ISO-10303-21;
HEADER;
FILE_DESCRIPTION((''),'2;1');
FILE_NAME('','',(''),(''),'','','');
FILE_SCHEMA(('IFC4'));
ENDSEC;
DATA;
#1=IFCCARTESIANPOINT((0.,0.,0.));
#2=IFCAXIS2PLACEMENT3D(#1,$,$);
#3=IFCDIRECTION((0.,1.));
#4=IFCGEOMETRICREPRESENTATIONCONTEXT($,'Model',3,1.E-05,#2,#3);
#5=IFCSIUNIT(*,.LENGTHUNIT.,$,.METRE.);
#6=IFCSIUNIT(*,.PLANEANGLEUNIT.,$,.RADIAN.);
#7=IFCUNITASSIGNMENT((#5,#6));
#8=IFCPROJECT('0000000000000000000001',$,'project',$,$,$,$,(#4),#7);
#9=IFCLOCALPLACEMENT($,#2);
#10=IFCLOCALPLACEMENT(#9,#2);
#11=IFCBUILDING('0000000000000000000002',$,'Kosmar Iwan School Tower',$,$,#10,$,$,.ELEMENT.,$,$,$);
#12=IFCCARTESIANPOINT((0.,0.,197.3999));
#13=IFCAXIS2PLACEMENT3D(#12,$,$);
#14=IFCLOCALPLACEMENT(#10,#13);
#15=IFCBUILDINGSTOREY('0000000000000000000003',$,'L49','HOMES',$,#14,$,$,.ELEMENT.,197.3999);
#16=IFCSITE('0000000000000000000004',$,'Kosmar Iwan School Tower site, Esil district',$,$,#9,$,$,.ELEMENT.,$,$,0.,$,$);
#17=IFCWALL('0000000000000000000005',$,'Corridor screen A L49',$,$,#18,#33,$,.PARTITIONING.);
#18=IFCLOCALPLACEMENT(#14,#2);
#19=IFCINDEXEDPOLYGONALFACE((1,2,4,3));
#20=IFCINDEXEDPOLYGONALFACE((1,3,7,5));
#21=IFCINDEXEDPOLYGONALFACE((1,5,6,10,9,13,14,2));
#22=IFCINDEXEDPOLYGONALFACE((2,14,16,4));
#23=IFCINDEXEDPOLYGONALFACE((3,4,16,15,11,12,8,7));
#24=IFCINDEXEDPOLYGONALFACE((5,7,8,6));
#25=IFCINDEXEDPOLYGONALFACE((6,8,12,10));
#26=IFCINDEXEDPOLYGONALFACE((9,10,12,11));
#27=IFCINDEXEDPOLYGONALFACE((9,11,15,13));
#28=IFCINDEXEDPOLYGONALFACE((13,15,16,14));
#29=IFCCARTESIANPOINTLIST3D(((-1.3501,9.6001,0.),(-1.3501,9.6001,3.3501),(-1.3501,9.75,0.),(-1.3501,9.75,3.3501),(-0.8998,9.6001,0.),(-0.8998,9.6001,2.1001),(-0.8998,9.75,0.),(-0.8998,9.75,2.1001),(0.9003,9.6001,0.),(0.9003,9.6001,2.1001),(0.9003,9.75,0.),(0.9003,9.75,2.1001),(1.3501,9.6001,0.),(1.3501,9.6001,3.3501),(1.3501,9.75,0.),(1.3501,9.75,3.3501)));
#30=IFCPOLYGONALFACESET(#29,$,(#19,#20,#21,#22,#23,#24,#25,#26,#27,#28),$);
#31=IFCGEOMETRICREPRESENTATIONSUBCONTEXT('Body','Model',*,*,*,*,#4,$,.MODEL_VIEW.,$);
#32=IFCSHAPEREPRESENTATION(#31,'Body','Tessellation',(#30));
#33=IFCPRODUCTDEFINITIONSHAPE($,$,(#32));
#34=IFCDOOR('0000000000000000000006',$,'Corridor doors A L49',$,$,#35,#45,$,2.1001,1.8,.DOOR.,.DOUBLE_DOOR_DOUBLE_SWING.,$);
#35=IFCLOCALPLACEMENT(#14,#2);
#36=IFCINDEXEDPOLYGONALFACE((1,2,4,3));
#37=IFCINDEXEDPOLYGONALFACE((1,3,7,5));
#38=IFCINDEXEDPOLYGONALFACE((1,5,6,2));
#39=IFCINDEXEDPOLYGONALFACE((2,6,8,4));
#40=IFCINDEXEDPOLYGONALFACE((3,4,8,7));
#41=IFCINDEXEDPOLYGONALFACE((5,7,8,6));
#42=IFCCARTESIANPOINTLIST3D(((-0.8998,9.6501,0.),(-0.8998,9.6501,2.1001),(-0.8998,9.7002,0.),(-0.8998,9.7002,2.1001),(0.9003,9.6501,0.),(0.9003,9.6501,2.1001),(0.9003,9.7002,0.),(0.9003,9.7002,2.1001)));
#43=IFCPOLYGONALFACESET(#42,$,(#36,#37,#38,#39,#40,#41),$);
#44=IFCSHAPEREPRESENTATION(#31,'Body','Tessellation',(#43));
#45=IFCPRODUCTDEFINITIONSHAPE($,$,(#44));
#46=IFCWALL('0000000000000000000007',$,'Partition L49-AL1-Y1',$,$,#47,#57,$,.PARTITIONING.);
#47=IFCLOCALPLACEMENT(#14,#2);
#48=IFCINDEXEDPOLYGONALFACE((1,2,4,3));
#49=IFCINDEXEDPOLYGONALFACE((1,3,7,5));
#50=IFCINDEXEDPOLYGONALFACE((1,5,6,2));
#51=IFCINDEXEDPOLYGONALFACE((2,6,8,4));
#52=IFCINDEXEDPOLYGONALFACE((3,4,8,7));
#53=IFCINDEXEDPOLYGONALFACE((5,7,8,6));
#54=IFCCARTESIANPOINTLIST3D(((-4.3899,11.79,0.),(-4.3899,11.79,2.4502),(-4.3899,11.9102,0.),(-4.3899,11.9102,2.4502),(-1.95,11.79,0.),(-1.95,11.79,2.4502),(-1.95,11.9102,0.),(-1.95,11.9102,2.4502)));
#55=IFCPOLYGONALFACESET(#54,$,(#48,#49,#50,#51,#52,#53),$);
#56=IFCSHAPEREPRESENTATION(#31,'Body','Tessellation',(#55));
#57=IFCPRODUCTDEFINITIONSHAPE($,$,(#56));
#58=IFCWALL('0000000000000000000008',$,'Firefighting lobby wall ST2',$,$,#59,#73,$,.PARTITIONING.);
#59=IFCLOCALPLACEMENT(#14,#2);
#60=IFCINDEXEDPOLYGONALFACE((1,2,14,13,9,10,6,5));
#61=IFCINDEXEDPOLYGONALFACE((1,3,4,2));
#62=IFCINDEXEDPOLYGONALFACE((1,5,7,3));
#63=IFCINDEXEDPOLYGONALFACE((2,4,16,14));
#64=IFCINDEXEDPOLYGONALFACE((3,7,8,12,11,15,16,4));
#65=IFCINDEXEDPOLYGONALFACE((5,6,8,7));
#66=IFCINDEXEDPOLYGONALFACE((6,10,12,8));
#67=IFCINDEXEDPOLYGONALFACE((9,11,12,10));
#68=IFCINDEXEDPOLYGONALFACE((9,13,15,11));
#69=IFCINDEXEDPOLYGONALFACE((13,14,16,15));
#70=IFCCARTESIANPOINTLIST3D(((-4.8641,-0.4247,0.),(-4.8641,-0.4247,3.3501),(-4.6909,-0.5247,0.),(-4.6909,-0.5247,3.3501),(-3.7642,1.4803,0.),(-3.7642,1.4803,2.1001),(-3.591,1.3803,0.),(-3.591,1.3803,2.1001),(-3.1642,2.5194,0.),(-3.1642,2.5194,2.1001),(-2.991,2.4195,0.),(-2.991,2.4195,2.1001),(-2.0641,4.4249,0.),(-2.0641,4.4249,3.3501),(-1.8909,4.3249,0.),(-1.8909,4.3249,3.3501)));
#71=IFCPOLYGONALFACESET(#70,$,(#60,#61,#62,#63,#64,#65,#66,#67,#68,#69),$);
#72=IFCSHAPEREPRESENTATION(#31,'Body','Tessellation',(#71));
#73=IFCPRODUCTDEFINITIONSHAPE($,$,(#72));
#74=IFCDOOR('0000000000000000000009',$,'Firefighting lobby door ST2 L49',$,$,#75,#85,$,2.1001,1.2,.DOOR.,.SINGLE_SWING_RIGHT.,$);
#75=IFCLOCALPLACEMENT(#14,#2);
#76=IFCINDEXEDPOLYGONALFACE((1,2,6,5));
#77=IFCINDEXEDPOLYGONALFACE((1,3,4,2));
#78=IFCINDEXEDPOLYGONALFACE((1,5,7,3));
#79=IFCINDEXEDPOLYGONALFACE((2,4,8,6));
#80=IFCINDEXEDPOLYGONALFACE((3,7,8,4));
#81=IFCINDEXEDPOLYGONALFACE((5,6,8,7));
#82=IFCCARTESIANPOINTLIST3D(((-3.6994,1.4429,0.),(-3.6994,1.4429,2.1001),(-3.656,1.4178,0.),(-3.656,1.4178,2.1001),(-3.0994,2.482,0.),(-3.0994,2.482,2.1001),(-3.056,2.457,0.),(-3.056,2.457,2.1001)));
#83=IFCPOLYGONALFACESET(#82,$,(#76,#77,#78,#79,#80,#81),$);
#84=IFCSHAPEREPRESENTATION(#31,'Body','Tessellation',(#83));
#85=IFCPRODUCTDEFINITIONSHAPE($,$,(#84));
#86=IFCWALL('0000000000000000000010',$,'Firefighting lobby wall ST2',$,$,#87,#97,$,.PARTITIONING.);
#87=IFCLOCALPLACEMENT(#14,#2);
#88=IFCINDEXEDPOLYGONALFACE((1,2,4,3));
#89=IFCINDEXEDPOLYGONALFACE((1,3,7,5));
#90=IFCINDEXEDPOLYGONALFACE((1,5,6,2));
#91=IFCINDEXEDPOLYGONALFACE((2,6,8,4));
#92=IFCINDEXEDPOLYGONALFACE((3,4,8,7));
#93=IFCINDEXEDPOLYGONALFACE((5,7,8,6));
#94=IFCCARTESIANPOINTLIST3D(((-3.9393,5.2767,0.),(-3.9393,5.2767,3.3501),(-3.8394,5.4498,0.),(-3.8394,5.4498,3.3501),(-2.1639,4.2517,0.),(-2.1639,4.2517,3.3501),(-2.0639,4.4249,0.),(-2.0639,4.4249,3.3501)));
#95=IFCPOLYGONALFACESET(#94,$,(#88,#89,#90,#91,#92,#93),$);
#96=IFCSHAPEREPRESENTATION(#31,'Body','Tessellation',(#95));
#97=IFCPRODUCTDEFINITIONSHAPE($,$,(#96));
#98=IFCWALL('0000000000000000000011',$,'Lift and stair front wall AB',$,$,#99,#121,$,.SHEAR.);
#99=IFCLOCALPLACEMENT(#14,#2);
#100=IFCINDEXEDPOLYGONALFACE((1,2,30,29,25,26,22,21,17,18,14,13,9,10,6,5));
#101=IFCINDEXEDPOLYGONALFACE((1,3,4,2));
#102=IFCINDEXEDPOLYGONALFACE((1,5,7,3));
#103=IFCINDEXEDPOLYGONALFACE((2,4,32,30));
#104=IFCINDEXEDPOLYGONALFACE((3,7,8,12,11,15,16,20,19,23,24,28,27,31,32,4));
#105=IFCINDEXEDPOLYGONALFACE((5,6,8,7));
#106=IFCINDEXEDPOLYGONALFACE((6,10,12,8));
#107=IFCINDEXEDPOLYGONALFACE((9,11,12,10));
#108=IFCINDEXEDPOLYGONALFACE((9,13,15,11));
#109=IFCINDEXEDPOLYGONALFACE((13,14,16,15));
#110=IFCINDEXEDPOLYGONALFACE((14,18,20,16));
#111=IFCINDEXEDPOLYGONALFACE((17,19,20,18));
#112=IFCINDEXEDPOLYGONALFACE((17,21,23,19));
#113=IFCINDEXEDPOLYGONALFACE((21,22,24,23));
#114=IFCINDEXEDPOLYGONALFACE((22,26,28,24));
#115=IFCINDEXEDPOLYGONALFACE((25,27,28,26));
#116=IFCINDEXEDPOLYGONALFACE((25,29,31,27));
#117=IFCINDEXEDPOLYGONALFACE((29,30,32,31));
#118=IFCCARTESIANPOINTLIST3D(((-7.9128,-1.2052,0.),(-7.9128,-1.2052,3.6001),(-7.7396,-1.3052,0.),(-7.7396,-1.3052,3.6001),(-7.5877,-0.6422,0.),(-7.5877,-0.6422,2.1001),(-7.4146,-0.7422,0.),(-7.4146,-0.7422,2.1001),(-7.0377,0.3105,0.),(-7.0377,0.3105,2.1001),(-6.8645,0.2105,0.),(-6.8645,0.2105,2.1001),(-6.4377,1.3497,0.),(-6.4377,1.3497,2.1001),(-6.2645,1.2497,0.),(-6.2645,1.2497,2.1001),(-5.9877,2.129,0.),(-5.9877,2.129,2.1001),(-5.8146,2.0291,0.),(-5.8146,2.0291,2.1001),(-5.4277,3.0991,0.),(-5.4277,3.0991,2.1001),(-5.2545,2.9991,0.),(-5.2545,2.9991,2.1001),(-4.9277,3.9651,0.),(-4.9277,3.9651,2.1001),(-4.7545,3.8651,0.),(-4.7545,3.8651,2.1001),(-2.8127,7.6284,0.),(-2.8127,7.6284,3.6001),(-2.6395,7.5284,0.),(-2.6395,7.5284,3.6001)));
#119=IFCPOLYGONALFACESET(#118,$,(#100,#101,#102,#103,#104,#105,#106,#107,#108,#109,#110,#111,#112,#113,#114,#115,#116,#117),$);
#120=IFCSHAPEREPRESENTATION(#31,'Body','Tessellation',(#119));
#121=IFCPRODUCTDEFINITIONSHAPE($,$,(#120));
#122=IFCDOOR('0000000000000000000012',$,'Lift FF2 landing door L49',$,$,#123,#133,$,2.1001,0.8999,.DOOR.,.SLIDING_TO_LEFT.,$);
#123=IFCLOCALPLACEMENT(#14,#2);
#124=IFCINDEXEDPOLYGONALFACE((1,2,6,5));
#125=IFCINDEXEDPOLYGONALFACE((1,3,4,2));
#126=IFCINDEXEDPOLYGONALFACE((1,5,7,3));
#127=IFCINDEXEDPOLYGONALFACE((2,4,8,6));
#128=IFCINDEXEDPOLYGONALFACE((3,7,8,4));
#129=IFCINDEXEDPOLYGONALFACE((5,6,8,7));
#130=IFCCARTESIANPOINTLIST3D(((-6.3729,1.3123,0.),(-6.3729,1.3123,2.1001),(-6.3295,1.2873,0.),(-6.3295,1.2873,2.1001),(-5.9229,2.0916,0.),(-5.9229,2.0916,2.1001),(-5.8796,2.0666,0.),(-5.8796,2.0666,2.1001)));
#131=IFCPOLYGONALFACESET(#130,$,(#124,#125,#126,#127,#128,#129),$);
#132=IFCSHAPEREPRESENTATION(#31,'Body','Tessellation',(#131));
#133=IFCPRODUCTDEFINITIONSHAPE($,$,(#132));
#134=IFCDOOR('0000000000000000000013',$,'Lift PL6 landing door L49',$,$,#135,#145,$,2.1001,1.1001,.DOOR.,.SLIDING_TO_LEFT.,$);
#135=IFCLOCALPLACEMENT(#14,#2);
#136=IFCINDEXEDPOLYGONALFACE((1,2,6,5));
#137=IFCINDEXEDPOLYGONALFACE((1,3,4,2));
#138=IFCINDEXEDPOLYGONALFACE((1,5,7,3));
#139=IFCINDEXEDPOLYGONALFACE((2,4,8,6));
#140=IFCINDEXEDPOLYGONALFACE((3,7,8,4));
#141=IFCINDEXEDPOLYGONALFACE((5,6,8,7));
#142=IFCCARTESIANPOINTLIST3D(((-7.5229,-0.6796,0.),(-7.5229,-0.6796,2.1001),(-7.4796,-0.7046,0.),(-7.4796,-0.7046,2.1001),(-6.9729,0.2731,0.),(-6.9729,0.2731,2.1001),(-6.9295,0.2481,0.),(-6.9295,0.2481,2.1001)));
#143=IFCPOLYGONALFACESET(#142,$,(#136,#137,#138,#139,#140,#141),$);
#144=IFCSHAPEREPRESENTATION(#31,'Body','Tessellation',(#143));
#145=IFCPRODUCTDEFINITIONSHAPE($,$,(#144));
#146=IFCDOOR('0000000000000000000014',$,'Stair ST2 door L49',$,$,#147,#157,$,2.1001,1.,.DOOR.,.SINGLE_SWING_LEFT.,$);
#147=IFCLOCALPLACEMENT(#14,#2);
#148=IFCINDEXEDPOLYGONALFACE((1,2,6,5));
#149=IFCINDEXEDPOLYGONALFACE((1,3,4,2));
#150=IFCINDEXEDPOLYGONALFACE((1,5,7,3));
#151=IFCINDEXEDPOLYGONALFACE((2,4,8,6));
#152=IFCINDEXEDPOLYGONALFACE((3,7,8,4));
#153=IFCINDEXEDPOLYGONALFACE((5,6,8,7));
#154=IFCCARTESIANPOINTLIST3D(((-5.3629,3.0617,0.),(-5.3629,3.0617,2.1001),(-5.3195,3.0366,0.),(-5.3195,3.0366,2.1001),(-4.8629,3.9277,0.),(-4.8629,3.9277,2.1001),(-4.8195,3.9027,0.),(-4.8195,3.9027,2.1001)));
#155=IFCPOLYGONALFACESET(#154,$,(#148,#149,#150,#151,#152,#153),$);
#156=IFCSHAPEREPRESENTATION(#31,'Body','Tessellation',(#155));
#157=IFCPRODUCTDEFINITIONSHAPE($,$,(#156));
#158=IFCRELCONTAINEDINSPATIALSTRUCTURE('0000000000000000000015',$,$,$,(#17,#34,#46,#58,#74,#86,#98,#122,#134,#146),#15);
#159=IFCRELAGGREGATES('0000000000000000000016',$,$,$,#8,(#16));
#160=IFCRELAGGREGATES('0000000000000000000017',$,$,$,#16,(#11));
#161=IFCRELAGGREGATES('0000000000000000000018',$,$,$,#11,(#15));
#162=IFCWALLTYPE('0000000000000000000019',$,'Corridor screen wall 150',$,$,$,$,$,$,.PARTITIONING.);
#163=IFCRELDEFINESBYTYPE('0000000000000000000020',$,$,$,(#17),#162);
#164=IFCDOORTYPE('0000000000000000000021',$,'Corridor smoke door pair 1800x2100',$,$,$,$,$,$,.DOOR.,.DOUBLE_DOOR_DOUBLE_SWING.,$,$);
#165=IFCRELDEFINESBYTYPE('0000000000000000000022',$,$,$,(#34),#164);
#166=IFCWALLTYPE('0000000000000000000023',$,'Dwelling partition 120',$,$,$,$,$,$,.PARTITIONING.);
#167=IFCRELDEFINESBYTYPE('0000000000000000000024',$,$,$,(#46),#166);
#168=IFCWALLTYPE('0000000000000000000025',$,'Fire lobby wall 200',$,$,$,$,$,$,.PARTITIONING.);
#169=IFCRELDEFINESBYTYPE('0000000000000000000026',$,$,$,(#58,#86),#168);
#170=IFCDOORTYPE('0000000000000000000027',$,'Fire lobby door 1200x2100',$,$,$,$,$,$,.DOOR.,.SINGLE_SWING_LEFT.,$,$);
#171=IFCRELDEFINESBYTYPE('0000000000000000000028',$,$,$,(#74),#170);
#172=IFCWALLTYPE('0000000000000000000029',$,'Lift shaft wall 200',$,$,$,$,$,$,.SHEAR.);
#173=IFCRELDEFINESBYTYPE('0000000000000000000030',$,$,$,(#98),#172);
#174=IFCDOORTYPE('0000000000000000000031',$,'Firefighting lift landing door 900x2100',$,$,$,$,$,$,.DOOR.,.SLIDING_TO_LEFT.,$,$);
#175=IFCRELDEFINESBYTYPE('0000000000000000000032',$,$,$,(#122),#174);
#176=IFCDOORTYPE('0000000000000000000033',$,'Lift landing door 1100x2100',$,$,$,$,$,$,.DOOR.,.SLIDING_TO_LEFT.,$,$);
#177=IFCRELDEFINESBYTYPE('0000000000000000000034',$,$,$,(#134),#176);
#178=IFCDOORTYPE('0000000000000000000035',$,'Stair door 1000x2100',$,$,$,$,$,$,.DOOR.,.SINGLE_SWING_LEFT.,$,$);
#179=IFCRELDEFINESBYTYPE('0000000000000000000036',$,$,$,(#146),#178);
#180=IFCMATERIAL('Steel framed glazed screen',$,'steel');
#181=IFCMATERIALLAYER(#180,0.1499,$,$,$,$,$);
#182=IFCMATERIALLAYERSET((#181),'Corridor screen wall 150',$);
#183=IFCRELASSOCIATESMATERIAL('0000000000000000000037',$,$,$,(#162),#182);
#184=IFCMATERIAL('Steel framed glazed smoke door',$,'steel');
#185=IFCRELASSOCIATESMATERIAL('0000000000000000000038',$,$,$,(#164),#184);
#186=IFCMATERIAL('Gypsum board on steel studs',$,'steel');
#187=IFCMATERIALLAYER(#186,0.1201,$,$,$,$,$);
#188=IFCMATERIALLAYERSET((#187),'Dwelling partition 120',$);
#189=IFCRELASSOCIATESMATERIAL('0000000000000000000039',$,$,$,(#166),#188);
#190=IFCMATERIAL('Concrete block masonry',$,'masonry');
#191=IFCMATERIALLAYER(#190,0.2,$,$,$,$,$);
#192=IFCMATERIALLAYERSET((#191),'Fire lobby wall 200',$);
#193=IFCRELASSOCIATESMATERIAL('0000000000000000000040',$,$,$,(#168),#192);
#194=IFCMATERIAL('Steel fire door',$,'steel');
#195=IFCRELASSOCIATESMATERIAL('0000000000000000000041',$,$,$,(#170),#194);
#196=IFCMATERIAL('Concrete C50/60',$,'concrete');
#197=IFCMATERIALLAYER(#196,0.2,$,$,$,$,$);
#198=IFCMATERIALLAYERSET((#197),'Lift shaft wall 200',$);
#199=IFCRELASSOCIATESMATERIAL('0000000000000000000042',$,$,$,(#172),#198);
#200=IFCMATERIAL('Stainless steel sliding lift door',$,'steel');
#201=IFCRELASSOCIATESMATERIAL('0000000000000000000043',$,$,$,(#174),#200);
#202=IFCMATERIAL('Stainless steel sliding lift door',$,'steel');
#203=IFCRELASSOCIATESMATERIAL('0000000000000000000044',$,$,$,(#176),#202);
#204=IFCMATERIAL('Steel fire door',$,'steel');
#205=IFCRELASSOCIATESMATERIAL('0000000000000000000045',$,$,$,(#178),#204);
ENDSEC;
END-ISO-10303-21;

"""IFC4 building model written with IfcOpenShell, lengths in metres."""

from ifc_helpers import new_model, si_unit, direction, frame, frame_2d, origin, place, context, subcontext, project, spatial, rectangle, extrude, material, layer, layer_set, type_object, element, fill, save


model = new_model("IFC4")

# Units and contexts
model_context = context("Model", 3, precision=1e-05, world=origin(), true_north=direction((0.0, 1.0)))
body_context = subcontext(model_context, "Body", "Model", "MODEL_VIEW")
ifc_project = project(units=[si_unit("LENGTHUNIT", "METRE"), si_unit("PLANEANGLEUNIT", "RADIAN")], contexts=[model_context])

# Site, building, storey
site_placement = place(None, origin())
site = spatial("IfcSite", under=ifc_project, at=site_placement, Name="Kosmar Iwan School Tower site, Esil district", CompositionType="ELEMENT", RefElevation=0.0)
building_placement = place(site_placement, origin())
building = spatial("IfcBuilding", under=site, at=building_placement, Name="Kosmar Iwan School Tower", CompositionType="ELEMENT")
storey_placement = place(building_placement, frame((0.0, 0.0, 197.3999)))
storey = spatial("IfcBuildingStorey", under=building, at=storey_placement, Name="L49", Description="HOMES", CompositionType="ELEMENT", Elevation=197.3999)

# Wall, opening, door
ifc_material_1 = material(Name="Steel framed glazed screen", Category="steel")
ifc_layer_1 = layer(ifc_material_1, 0.1499)
ifc_layer_set_1 = layer_set([ifc_layer_1], Name="Corridor screen wall 150")
wall_type_1 = type_object("IfcWallType", Name="Corridor screen wall 150", PredefinedType="PARTITIONING", material=ifc_layer_set_1)
wall_1_placement = place(storey_placement, frame((1.3501, 9.675, 0.0), z_axis=(0.0, 0.0, 1.0), x_axis=(-1.0, 0.0, 0.0)))
wall_1 = element("IfcWall", 1, at=wall_1_placement, inside=storey, type_object=wall_type_1, Name="Corridor screen A L49", PredefinedType="PARTITIONING", context=body_context, shape_type="SweptSolid", body=[
    extrude(rectangle(XDim=2.7002, YDim=0.1499, at=frame_2d((1.3501, 0.0))), origin(), (0.0, 0.0, 1.0), 3.3501),
])
opening_1_placement = place(wall_1_placement, frame((0.45, 0.0, 0.0)))
opening_1 = element("IfcOpeningElement", 2, at=opening_1_placement, cuts=wall_1, PredefinedType="OPENING", context=body_context, shape_type="SweptSolid", body=[
    extrude(rectangle(XDim=1.8, YDim=2.1001, at=frame_2d((0.8999, 1.05))), frame((0.0, 0.0869, 0.0), z_axis=(0.0, -1.0, 0.0), x_axis=(1.0, 0.0, 0.0)), (0.0, 0.0, 1.0), 0.1738),
])
ifc_material_2 = material(Name="Steel framed glazed smoke door", Category="steel")
door_type_1 = type_object("IfcDoorType", Name="Corridor smoke door pair 1800x2100", OperationType="DOUBLE_DOOR_DOUBLE_SWING", PredefinedType="DOOR", material=ifc_material_2)
door_1_placement = place(opening_1_placement, origin())
door_1 = element("IfcDoor", 3, at=door_1_placement, inside=storey, type_object=door_type_1, Name="Corridor doors A L49", OperationType="DOUBLE_DOOR_DOUBLE_SWING", OverallHeight=2.1001, OverallWidth=1.8, PredefinedType="DOOR", context=body_context, shape_type="SweptSolid", body=[
    extrude(rectangle(XDim=1.8, YDim=2.1001, at=frame_2d((0.8999, 1.05))), frame((0.0, 0.0249, 0.0), z_axis=(0.0, -1.0, 0.0), x_axis=(1.0, 0.0, 0.0)), (0.0, 0.0, 1.0), 0.05),
])
fill(opening_1, door_1)

# Wall
ifc_material_3 = material(Name="Gypsum board on steel studs", Category="steel")
ifc_layer_2 = layer(ifc_material_3, 0.1201)
ifc_layer_set_2 = layer_set([ifc_layer_2], Name="Dwelling partition 120")
wall_type_2 = type_object("IfcWallType", Name="Dwelling partition 120", PredefinedType="PARTITIONING", material=ifc_layer_set_2)
wall_2_placement = place(storey_placement, frame((-1.95, 11.8501, 0.0), z_axis=(0.0, 0.0, 1.0), x_axis=(-1.0, 0.0, 0.0)))
element("IfcWall", 4, at=wall_2_placement, inside=storey, type_object=wall_type_2, Name="Partition L49-AL1-Y1", PredefinedType="PARTITIONING", context=body_context, shape_type="SweptSolid", body=[
    extrude(rectangle(XDim=2.4399, YDim=0.1201, at=frame_2d((1.22, 0.0))), origin(), (0.0, 0.0, 1.0), 2.4502),
])

# Wall, opening, door
ifc_material_4 = material(Name="Concrete block masonry", Category="masonry")
ifc_layer_3 = layer(ifc_material_4, 0.2)
ifc_layer_set_3 = layer_set([ifc_layer_3], Name="Fire lobby wall 200")
wall_type_3 = type_object("IfcWallType", Name="Fire lobby wall 200", PredefinedType="PARTITIONING", material=ifc_layer_set_3)
wall_3_placement = place(storey_placement, frame((-1.9775, 4.3748, 0.0), z_axis=(0.0, 0.0, 1.0), x_axis=(-0.500017, -0.866016, 0.0)))
wall_3 = element("IfcWall", 5, at=wall_3_placement, inside=storey, type_object=wall_type_3, Name="Firefighting lobby wall ST2", PredefinedType="PARTITIONING", context=body_context, shape_type="SweptSolid", body=[
    extrude(rectangle(XDim=5.5999, YDim=0.2, at=frame_2d((2.7998, 0.0))), origin(), (0.0, 0.0, 1.0), 3.3501),
])
opening_2_placement = place(wall_3_placement, frame((2.2, 0.0, 0.0)))
opening_2 = element("IfcOpeningElement", 6, at=opening_2_placement, cuts=wall_3, PredefinedType="OPENING", context=body_context, shape_type="SweptSolid", body=[
    extrude(rectangle(XDim=1.2, YDim=2.1001, at=frame_2d((0.6001, 1.05))), frame((0.0, 0.1121, 0.0), z_axis=(0.0, -1.0, 0.0), x_axis=(1.0, 0.0, 0.0)), (0.0, 0.0, 1.0), 0.2239),
])
ifc_material_5 = material(Name="Steel fire door", Category="steel")
door_type_2 = type_object("IfcDoorType", Name="Fire lobby door 1200x2100", OperationType="SINGLE_SWING_LEFT", PredefinedType="DOOR", material=ifc_material_5)
door_2_placement = place(opening_2_placement, origin())
door_2 = element("IfcDoor", 7, at=door_2_placement, inside=storey, type_object=door_type_2, Name="Firefighting lobby door ST2 L49", OperationType="SINGLE_SWING_RIGHT", OverallHeight=2.1001, OverallWidth=1.2, PredefinedType="DOOR", context=body_context, shape_type="SweptSolid", body=[
    extrude(rectangle(XDim=1.2, YDim=2.1001, at=frame_2d((0.6001, 1.05))), frame((0.0, 0.0249, 0.0), z_axis=(0.0, -1.0, 0.0), x_axis=(1.0, 0.0, 0.0)), (0.0, 0.0, 1.0), 0.05),
])
fill(opening_2, door_2)

# Wall
wall_4_placement = place(storey_placement, frame((-2.114, 4.3384, 0.0), z_axis=(0.0, 0.0, 1.0), x_axis=(-0.866051, 0.499956, 0.0)))
element("IfcWall", 8, at=wall_4_placement, inside=storey, type_object=wall_type_3, Name="Firefighting lobby wall ST2", PredefinedType="PARTITIONING", context=body_context, shape_type="SweptSolid", body=[
    extrude(rectangle(XDim=2.05, YDim=0.2, at=frame_2d((1.0249, 0.0))), origin(), (0.0, 0.0, 1.0), 3.3501),
])

# Wall, openings, doors
ifc_material_6 = material(Name="Concrete C50/60", Category="concrete")
ifc_layer_4 = layer(ifc_material_6, 0.2)
ifc_layer_set_4 = layer_set([ifc_layer_4], Name="Lift shaft wall 200")
wall_type_4 = type_object("IfcWallType", Name="Lift shaft wall 200", PredefinedType="SHEAR", material=ifc_layer_set_4)
wall_5_placement = place(storey_placement, frame((-2.7261, 7.5784, 0.0), z_axis=(0.0, 0.0, 1.0), x_axis=(-0.500006, -0.866022, 0.0)))
wall_5 = element("IfcWall", 9, at=wall_5_placement, inside=storey, type_object=wall_type_4, Name="Lift and stair front wall AB", PredefinedType="SHEAR", context=body_context, shape_type="SweptSolid", body=[
    extrude(rectangle(XDim=10.2002, YDim=0.2, at=frame_2d((5.1001, 0.0))), origin(), (0.0, 0.0, 1.0), 3.6001),
])
opening_3_placement = place(wall_5_placement, frame((6.3501, 0.0, 0.0)))
opening_3 = element("IfcOpeningElement", 10, at=opening_3_placement, cuts=wall_5, PredefinedType="OPENING", context=body_context, shape_type="SweptSolid", body=[
    extrude(rectangle(XDim=0.8999, YDim=2.1001, at=frame_2d((0.45, 1.05))), frame((0.0, 0.1121, 0.0), z_axis=(0.0, -1.0, 0.0), x_axis=(1.0, 0.0, 0.0)), (0.0, 0.0, 1.0), 0.2239),
])
opening_4_placement = place(wall_5_placement, frame((8.45, 0.0, 0.0)))
opening_4 = element("IfcOpeningElement", 11, at=opening_4_placement, cuts=wall_5, PredefinedType="OPENING", context=body_context, shape_type="SweptSolid", body=[
    extrude(rectangle(XDim=1.1001, YDim=2.1001, at=frame_2d((0.55, 1.05))), frame((0.0, 0.1121, 0.0), z_axis=(0.0, -1.0, 0.0), x_axis=(1.0, 0.0, 0.0)), (0.0, 0.0, 1.0), 0.2239),
])
opening_5_placement = place(wall_5_placement, frame((4.23, 0.0, 0.0)))
opening_5 = element("IfcOpeningElement", 12, at=opening_5_placement, cuts=wall_5, PredefinedType="OPENING", context=body_context, shape_type="SweptSolid", body=[
    extrude(rectangle(XDim=1.0, YDim=2.1001, at=frame_2d((0.5, 1.05))), frame((0.0, 0.1121, 0.0), z_axis=(0.0, -1.0, 0.0), x_axis=(1.0, 0.0, 0.0)), (0.0, 0.0, 1.0), 0.2239),
])
ifc_material_7 = material(Name="Stainless steel sliding lift door", Category="steel")
door_type_3 = type_object("IfcDoorType", Name="Firefighting lift landing door 900x2100", OperationType="SLIDING_TO_LEFT", PredefinedType="DOOR", material=ifc_material_7)
door_3_placement = place(opening_3_placement, origin())
door_3 = element("IfcDoor", 13, at=door_3_placement, inside=storey, type_object=door_type_3, Name="Lift FF2 landing door L49", OperationType="SLIDING_TO_LEFT", OverallHeight=2.1001, OverallWidth=0.8999, PredefinedType="DOOR", context=body_context, shape_type="SweptSolid", body=[
    extrude(rectangle(XDim=0.8999, YDim=2.1001, at=frame_2d((0.45, 1.05))), frame((0.0, 0.0249, 0.0), z_axis=(0.0, -1.0, 0.0), x_axis=(1.0, 0.0, 0.0)), (0.0, 0.0, 1.0), 0.05),
])
fill(opening_3, door_3)
ifc_material_8 = material(Name="Stainless steel sliding lift door", Category="steel")
door_type_4 = type_object("IfcDoorType", Name="Lift landing door 1100x2100", OperationType="SLIDING_TO_LEFT", PredefinedType="DOOR", material=ifc_material_8)
door_4_placement = place(opening_4_placement, origin())
door_4 = element("IfcDoor", 14, at=door_4_placement, inside=storey, type_object=door_type_4, Name="Lift PL6 landing door L49", OperationType="SLIDING_TO_LEFT", OverallHeight=2.1001, OverallWidth=1.1001, PredefinedType="DOOR", context=body_context, shape_type="SweptSolid", body=[
    extrude(rectangle(XDim=1.1001, YDim=2.1001, at=frame_2d((0.55, 1.05))), frame((0.0, 0.0249, 0.0), z_axis=(0.0, -1.0, 0.0), x_axis=(1.0, 0.0, 0.0)), (0.0, 0.0, 1.0), 0.05),
])
fill(opening_4, door_4)
ifc_material_9 = material(Name="Steel fire door", Category="steel")
door_type_5 = type_object("IfcDoorType", Name="Stair door 1000x2100", OperationType="SINGLE_SWING_LEFT", PredefinedType="DOOR", material=ifc_material_9)
door_5_placement = place(opening_5_placement, origin())
door_5 = element("IfcDoor", 15, at=door_5_placement, inside=storey, type_object=door_type_5, Name="Stair ST2 door L49", OperationType="SINGLE_SWING_LEFT", OverallHeight=2.1001, OverallWidth=1.0, PredefinedType="DOOR", context=body_context, shape_type="SweptSolid", body=[
    extrude(rectangle(XDim=1.0, YDim=2.1001, at=frame_2d((0.5, 1.05))), frame((0.0, 0.0249, 0.0), z_axis=(0.0, -1.0, 0.0), x_axis=(1.0, 0.0, 0.0)), (0.0, 0.0, 1.0), 0.05),
])
fill(opening_5, door_5)

save(model, "model.ifc")
